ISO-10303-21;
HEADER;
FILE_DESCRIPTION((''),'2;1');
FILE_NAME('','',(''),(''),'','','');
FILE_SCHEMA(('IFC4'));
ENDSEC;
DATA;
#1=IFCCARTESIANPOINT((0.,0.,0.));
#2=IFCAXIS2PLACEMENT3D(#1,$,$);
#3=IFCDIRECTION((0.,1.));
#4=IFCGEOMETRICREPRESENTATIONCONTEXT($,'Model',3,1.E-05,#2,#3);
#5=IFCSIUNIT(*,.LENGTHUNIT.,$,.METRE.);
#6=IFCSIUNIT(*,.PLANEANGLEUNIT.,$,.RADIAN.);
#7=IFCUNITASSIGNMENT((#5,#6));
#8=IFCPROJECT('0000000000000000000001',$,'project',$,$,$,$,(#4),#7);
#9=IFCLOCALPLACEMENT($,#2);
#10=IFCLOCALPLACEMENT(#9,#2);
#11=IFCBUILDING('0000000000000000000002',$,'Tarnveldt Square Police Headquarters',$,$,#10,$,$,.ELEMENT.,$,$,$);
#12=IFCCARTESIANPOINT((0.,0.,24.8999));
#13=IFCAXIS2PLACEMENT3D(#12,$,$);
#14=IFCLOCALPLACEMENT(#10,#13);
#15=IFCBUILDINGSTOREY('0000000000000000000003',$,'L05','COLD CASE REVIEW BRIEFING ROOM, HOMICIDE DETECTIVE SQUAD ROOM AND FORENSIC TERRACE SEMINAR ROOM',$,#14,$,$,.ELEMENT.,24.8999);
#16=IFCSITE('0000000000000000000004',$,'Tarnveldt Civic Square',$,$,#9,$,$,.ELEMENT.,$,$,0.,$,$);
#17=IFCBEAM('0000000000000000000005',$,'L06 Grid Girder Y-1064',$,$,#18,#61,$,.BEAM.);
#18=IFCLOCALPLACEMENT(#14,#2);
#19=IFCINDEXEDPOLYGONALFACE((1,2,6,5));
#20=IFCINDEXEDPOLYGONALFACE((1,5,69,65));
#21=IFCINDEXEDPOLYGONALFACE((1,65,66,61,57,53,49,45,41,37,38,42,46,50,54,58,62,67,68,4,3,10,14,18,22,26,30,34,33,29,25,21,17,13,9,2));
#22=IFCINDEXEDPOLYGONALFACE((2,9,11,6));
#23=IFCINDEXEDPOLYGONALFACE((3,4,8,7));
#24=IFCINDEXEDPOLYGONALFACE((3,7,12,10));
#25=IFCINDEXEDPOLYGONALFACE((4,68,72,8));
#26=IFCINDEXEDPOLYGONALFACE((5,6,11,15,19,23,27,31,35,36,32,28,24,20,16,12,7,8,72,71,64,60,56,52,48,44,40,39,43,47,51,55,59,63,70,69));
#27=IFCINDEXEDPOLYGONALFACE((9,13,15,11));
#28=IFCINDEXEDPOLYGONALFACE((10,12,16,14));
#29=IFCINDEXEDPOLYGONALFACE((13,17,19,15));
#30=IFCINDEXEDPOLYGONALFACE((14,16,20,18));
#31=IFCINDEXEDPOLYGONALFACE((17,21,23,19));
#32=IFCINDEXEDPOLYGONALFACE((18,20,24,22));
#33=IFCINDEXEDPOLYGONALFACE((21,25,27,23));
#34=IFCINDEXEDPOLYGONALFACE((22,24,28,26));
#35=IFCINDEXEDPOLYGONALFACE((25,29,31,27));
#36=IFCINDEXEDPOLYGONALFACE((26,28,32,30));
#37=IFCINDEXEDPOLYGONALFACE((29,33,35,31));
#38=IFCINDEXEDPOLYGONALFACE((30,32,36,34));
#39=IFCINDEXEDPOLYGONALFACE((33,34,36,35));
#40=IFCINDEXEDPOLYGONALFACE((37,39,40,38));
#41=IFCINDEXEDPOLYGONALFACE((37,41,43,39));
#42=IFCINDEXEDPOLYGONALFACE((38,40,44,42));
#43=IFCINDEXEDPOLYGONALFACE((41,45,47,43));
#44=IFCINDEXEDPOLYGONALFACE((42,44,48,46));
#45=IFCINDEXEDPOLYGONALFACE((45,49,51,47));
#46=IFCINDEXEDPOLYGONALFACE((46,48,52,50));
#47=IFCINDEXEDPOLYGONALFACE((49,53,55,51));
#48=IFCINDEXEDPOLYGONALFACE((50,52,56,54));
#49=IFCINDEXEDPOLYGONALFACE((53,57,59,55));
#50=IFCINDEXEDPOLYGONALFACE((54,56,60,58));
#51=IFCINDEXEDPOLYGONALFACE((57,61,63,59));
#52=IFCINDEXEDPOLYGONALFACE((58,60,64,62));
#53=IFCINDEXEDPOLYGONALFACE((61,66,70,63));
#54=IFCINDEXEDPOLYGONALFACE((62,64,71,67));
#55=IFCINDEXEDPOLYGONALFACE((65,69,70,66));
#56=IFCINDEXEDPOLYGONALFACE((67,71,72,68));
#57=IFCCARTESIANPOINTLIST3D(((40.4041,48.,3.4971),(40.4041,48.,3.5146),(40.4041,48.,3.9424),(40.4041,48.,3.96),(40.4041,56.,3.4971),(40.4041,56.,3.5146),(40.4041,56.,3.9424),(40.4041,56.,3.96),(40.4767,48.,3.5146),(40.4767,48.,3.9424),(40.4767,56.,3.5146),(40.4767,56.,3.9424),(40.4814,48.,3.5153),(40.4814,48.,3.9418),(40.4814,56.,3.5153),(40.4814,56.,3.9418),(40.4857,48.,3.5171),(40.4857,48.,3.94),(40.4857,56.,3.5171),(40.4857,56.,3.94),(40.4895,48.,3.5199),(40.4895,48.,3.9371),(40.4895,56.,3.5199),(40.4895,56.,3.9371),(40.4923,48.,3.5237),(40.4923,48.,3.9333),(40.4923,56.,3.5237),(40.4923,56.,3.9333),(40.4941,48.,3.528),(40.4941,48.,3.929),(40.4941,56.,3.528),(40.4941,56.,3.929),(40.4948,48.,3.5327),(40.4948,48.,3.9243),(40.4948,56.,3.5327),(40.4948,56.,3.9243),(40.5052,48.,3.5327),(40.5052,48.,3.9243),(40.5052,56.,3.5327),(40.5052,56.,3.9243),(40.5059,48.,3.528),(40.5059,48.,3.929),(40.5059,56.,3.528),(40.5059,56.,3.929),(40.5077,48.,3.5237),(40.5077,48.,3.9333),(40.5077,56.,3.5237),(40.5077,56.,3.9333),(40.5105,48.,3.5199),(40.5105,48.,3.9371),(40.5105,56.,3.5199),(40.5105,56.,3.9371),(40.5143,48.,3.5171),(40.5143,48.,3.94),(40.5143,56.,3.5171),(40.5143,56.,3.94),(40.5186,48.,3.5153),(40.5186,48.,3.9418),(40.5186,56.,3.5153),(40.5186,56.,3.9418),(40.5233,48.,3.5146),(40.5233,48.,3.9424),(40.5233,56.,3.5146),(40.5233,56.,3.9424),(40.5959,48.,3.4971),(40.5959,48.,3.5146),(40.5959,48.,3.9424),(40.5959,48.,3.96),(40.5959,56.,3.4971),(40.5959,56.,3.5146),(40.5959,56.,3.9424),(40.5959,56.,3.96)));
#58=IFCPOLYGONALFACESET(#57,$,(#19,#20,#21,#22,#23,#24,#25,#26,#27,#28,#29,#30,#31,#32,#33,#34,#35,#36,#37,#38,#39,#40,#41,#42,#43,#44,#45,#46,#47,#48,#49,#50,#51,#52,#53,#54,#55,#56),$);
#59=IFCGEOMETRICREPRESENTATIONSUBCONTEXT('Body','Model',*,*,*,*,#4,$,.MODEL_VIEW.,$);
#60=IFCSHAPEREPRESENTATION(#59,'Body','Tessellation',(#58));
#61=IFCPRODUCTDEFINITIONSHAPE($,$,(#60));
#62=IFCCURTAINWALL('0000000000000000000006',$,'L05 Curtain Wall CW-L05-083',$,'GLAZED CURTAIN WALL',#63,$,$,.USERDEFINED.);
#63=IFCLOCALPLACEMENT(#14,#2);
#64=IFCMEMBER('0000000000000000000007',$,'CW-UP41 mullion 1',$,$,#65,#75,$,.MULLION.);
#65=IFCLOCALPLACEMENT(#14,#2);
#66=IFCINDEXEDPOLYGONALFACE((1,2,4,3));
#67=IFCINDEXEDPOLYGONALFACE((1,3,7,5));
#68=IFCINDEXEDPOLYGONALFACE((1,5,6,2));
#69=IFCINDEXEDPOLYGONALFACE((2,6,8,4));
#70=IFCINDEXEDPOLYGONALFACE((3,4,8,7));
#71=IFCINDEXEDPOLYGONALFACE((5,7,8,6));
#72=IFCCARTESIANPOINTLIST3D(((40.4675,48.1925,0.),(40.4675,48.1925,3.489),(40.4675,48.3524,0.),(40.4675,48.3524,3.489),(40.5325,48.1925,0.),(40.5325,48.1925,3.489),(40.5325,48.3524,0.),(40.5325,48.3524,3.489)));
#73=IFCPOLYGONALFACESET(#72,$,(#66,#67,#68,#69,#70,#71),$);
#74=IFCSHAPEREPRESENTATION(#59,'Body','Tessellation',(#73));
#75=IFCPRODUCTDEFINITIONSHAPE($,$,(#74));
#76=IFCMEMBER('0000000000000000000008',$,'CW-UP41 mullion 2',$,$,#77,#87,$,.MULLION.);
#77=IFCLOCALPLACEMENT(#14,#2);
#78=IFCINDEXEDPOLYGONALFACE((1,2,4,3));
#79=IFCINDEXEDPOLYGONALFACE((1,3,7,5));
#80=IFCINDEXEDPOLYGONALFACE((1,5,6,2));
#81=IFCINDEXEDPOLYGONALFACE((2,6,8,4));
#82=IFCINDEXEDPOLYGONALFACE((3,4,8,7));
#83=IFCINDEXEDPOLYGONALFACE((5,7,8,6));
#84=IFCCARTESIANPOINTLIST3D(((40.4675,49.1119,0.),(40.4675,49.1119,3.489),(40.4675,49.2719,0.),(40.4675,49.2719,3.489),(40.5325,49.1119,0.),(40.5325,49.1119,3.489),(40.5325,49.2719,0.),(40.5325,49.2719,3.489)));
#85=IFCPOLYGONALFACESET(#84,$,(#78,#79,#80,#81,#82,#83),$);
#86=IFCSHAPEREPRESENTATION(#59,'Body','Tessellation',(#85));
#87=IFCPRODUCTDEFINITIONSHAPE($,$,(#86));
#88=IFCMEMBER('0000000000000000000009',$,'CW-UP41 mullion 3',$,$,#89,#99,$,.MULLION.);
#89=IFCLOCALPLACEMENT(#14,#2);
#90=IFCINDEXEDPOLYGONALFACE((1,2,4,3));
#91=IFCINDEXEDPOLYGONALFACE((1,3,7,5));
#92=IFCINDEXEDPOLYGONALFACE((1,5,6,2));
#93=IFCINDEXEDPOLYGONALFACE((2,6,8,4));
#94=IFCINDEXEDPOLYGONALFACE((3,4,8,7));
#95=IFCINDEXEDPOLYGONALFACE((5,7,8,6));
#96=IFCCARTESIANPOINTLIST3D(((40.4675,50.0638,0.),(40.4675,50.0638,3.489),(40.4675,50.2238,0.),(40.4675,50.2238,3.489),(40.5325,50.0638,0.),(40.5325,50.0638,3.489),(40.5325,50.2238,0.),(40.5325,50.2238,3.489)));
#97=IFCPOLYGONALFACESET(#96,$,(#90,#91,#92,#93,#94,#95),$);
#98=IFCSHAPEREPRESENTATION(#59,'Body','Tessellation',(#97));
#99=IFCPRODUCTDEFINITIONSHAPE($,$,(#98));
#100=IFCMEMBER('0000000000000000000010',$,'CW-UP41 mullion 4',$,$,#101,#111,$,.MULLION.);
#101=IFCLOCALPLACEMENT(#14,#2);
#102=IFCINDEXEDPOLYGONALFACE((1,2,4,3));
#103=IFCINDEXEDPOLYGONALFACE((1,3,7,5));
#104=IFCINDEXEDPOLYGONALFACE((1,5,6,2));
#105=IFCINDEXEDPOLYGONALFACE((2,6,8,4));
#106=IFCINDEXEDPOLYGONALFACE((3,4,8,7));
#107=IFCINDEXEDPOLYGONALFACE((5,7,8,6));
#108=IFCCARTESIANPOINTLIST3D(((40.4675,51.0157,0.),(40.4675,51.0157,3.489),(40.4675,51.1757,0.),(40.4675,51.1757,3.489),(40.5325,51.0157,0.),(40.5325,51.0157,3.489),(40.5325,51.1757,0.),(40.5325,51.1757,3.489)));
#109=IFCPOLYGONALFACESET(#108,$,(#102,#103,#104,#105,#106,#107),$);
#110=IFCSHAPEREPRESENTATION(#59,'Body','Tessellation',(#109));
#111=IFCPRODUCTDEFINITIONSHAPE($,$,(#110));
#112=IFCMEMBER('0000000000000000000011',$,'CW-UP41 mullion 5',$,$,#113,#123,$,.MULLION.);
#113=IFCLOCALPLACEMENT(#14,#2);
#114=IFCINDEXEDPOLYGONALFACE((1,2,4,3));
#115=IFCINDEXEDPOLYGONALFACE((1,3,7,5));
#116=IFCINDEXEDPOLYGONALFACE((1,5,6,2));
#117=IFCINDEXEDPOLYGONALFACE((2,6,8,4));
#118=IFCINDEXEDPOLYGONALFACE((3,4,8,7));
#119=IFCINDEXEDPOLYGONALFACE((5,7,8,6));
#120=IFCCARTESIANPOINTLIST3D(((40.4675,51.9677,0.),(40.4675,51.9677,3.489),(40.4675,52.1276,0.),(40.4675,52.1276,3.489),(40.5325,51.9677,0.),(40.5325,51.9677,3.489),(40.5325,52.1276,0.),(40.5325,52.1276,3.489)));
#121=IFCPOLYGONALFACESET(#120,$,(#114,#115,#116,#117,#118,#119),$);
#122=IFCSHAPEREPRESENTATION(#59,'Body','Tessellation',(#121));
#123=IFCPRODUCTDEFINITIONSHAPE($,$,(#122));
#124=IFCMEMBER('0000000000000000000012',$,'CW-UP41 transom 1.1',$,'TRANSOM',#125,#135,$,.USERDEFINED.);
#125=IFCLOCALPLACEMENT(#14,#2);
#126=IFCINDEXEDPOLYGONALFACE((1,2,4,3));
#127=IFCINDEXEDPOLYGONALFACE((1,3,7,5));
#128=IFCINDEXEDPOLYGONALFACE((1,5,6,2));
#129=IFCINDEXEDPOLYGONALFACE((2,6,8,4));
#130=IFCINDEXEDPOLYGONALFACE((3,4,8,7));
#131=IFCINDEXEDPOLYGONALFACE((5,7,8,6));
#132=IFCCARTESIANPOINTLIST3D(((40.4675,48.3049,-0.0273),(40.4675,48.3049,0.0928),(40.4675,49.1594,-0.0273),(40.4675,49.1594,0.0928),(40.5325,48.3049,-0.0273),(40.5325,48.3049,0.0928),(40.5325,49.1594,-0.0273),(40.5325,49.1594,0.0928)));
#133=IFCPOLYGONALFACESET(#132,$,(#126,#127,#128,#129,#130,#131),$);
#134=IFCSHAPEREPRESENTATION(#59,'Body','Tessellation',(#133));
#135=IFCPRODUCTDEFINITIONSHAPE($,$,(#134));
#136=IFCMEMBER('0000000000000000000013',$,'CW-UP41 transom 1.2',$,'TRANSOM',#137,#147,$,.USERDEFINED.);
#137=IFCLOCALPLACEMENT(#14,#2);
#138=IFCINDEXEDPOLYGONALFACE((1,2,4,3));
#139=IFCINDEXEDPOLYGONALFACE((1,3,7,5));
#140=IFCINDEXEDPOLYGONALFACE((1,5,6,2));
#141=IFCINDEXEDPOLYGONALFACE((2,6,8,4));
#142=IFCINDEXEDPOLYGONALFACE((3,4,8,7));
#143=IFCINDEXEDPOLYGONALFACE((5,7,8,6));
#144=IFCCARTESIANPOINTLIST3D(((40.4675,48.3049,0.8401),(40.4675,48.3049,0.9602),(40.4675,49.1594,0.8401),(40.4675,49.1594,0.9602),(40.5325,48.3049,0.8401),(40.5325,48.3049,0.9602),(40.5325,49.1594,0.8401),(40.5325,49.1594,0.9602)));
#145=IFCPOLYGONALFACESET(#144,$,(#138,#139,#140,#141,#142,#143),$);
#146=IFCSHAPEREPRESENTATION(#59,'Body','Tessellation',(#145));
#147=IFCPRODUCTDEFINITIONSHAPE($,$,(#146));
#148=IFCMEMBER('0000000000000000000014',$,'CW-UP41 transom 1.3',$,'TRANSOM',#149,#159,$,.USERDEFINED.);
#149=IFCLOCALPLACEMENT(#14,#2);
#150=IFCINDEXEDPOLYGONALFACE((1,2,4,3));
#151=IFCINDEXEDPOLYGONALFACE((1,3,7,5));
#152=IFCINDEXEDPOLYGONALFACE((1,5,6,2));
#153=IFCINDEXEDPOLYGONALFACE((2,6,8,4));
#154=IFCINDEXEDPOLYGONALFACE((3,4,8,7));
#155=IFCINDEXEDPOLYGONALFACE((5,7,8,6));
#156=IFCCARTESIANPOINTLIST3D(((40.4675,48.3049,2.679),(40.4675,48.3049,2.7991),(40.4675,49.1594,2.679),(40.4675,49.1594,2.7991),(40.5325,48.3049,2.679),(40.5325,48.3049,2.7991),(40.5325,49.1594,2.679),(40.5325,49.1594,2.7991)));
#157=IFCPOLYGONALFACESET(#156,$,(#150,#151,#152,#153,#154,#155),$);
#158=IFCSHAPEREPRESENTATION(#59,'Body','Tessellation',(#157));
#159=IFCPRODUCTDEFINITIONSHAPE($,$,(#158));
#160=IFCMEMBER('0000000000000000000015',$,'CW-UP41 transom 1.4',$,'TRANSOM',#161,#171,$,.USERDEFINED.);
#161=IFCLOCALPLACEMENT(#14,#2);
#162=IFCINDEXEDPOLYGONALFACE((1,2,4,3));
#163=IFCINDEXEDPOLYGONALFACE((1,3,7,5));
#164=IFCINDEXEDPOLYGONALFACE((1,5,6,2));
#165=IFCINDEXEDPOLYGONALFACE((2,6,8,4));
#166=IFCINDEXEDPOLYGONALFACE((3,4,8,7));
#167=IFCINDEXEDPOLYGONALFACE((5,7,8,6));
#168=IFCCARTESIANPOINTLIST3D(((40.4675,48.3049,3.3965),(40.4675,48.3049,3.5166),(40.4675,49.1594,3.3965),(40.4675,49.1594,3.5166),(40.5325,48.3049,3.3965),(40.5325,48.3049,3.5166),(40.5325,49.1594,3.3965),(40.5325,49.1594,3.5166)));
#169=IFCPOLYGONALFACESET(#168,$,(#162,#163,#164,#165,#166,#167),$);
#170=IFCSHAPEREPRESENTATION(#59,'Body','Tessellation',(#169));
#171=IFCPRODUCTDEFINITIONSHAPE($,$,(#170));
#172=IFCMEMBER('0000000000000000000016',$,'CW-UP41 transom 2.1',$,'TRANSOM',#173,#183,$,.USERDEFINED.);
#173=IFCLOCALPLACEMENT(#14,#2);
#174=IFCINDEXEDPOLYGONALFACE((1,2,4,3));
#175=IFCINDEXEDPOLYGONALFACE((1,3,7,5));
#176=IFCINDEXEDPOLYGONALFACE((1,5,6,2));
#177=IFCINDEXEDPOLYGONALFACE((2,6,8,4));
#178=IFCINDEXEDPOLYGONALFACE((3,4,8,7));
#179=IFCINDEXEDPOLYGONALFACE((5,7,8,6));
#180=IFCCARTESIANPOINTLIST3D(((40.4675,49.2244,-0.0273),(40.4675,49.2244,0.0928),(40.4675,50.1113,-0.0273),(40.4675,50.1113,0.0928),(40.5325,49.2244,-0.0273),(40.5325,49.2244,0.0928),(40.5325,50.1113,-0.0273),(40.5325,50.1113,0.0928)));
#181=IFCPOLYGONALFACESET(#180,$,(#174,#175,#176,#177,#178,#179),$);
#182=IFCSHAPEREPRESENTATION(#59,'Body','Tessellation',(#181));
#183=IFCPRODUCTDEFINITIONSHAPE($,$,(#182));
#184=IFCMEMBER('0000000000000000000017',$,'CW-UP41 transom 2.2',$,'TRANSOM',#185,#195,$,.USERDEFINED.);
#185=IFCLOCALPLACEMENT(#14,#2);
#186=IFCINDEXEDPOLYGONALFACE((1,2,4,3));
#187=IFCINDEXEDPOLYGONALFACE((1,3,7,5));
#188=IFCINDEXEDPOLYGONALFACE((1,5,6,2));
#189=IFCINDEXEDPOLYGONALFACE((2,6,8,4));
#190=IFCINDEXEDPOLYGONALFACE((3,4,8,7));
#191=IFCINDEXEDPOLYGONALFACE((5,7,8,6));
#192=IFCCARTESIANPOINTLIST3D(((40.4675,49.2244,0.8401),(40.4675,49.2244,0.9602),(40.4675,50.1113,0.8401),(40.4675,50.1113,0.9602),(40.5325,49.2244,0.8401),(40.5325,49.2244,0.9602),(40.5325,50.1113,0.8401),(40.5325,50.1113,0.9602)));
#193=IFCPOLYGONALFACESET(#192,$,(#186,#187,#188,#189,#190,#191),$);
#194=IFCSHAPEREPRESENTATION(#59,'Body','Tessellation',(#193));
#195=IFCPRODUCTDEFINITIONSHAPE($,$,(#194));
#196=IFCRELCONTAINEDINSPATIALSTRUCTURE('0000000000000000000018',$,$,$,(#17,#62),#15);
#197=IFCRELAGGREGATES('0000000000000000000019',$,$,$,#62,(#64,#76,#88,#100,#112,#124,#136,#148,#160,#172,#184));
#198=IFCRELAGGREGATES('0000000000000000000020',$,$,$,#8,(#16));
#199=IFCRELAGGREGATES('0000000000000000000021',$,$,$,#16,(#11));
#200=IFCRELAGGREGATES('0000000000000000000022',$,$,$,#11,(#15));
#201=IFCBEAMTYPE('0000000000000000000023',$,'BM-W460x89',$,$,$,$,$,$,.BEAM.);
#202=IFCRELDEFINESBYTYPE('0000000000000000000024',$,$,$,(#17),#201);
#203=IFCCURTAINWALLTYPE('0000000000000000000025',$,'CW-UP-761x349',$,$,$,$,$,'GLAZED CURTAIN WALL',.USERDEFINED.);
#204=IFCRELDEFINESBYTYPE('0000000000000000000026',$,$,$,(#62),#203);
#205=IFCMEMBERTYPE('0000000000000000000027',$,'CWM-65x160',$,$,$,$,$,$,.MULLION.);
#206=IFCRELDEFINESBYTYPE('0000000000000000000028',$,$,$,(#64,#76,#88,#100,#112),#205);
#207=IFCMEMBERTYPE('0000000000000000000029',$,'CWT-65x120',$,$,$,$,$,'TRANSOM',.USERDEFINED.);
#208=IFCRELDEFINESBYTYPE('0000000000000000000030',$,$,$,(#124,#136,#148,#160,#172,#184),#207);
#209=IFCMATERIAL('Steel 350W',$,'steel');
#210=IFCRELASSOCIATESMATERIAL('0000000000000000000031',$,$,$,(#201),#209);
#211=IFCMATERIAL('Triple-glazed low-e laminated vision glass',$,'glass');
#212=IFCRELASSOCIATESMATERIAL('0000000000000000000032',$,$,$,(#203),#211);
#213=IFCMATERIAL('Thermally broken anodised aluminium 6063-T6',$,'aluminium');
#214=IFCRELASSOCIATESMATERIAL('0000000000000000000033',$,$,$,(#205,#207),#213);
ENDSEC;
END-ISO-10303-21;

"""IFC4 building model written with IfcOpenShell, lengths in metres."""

from ifc_helpers import new_model, si_unit, direction, frame, origin, origin_2d, place, context, subcontext, project, spatial, rectangle, i_section, extrude, material, material_profile, profile_set, type_object, element, aggregate, save


model = new_model("IFC4")

# Units and contexts
model_context = context("Model", 3, precision=1e-05, world=origin(), true_north=direction((0.0, 1.0)))
body_context = subcontext(model_context, "Body", "Model", "MODEL_VIEW")
ifc_project = project(units=[si_unit("LENGTHUNIT", "METRE"), si_unit("PLANEANGLEUNIT", "RADIAN")], contexts=[model_context])

# Site, building, storey
site_placement = place(None, origin())
site = spatial("IfcSite", under=ifc_project, at=site_placement, Name="Tarnveldt Civic Square", CompositionType="ELEMENT", RefElevation=0.0)
building_placement = place(site_placement, origin())
building = spatial("IfcBuilding", under=site, at=building_placement, Name="Tarnveldt Square Police Headquarters", CompositionType="ELEMENT")
storey_placement = place(building_placement, frame((0.0, 0.0, 24.8999)))
storey = spatial("IfcBuildingStorey", under=building, at=storey_placement, Name="L05", Description="COLD CASE REVIEW BRIEFING ROOM, HOMICIDE DETECTIVE SQUAD ROOM AND FORENSIC TERRACE SEMINAR ROOM", CompositionType="ELEMENT", Elevation=24.8999)

# Beam
ifc_material_1 = material(Name="Steel 350W", Category="steel")
ifc_material_profile_1 = material_profile(ifc_material_1, i_section(OverallWidth=0.1919, OverallDepth=0.4629, WebThickness=0.0105, FlangeThickness=0.0176, FilletRadius=0.0181, at=origin_2d()), Name="W460x89")
ifc_profile_set_1 = profile_set([ifc_material_profile_1], Name="Steel 350W")
beam_type = type_object("IfcBeamType", Name="BM-W460x89", PredefinedType="BEAM", material=ifc_profile_set_1)
beam_placement = place(storey_placement, frame((40.5, 48.0, 3.7285), z_axis=(0.0, 1.0, 0.0), x_axis=(-1.0, 0.0, 0.0)))
element("IfcBeam", 1, at=beam_placement, inside=storey, type_object=beam_type, Name="L06 Grid Girder Y-1064", PredefinedType="BEAM", context=body_context, shape_type="SweptSolid", body=[
    extrude(i_section(OverallWidth=0.1919, OverallDepth=0.4629, WebThickness=0.0105, FlangeThickness=0.0176, FilletRadius=0.0181, at=origin_2d()), origin(), (0.0, 0.0, 1.0), 8.0),
])

# Curtain wall, members
ifc_material_2 = material(Name="Triple-glazed low-e laminated vision glass", Category="glass")
curtain_wall_type = type_object("IfcCurtainWallType", Name="CW-UP-761x349", ElementType="GLAZED CURTAIN WALL", PredefinedType="USERDEFINED", material=ifc_material_2)
curtain_wall_placement = place(storey_placement, origin())
curtain_wall = element("IfcCurtainWall", 2, at=curtain_wall_placement, inside=storey, type_object=curtain_wall_type, Name="L05 Curtain Wall CW-L05-083", ObjectType="GLAZED CURTAIN WALL", PredefinedType="USERDEFINED")
ifc_material_3 = material(Name="Thermally broken anodised aluminium 6063-T6", Category="aluminium")
ifc_material_profile_2 = material_profile(ifc_material_3, rectangle(XDim=0.0649, YDim=0.1599, at=origin_2d()), Name="CW-M65x160")
ifc_profile_set_2 = profile_set([ifc_material_profile_2], Name="Thermally broken anodised aluminium 6063-T6")
member_type_1 = type_object("IfcMemberType", Name="CWM-65x160", PredefinedType="MULLION", material=ifc_profile_set_2)
member_1_placement = place(storey_placement, frame((40.5, 48.2725, 0.0), z_axis=(0.0, 0.0, 1.0), x_axis=(-1.0, 0.0, 0.0)))
member_1 = element("IfcMember", 3, at=member_1_placement, type_object=member_type_1, Name="CW-UP41 mullion 1", PredefinedType="MULLION", context=body_context, shape_type="SweptSolid", body=[
    extrude(rectangle(XDim=0.0649, YDim=0.1599, at=origin_2d()), origin(), (0.0, 0.0, 1.0), 3.489),
])
member_2_placement = place(storey_placement, frame((40.5, 49.1919, 0.0), z_axis=(0.0, 0.0, 1.0), x_axis=(-1.0, 0.0, 0.0)))
member_2 = element("IfcMember", 4, at=member_2_placement, type_object=member_type_1, Name="CW-UP41 mullion 2", PredefinedType="MULLION", context=body_context, shape_type="SweptSolid", body=[
    extrude(rectangle(XDim=0.0649, YDim=0.1599, at=origin_2d()), origin(), (0.0, 0.0, 1.0), 3.489),
])
member_3_placement = place(storey_placement, frame((40.5, 50.1438, 0.0), z_axis=(0.0, 0.0, 1.0), x_axis=(-1.0, 0.0, 0.0)))
member_3 = element("IfcMember", 5, at=member_3_placement, type_object=member_type_1, Name="CW-UP41 mullion 3", PredefinedType="MULLION", context=body_context, shape_type="SweptSolid", body=[
    extrude(rectangle(XDim=0.0649, YDim=0.1599, at=origin_2d()), origin(), (0.0, 0.0, 1.0), 3.489),
])
member_4_placement = place(storey_placement, frame((40.5, 51.0957, 0.0), z_axis=(0.0, 0.0, 1.0), x_axis=(-1.0, 0.0, 0.0)))
member_4 = element("IfcMember", 6, at=member_4_placement, type_object=member_type_1, Name="CW-UP41 mullion 4", PredefinedType="MULLION", context=body_context, shape_type="SweptSolid", body=[
    extrude(rectangle(XDim=0.0649, YDim=0.1599, at=origin_2d()), origin(), (0.0, 0.0, 1.0), 3.489),
])
member_5_placement = place(storey_placement, frame((40.5, 52.0476, 0.0), z_axis=(0.0, 0.0, 1.0), x_axis=(-1.0, 0.0, 0.0)))
member_5 = element("IfcMember", 7, at=member_5_placement, type_object=member_type_1, Name="CW-UP41 mullion 5", PredefinedType="MULLION", context=body_context, shape_type="SweptSolid", body=[
    extrude(rectangle(XDim=0.0649, YDim=0.1599, at=origin_2d()), origin(), (0.0, 0.0, 1.0), 3.489),
])
ifc_material_profile_3 = material_profile(ifc_material_3, rectangle(XDim=0.0649, YDim=0.1201, at=origin_2d()), Name="CW-T65x120")
ifc_profile_set_3 = profile_set([ifc_material_profile_3], Name="Thermally broken anodised aluminium 6063-T6")
member_type_2 = type_object("IfcMemberType", Name="CWT-65x120", ElementType="TRANSOM", PredefinedType="USERDEFINED", material=ifc_profile_set_3)
member_6_placement = place(storey_placement, frame((40.5, 48.3049, 0.0327), z_axis=(0.0, 1.0, 0.0), x_axis=(-1.0, 0.0, 0.0)))
member_6 = element("IfcMember", 8, at=member_6_placement, type_object=member_type_2, Name="CW-UP41 transom 1.1", ObjectType="TRANSOM", PredefinedType="USERDEFINED", context=body_context, shape_type="SweptSolid", body=[
    extrude(rectangle(XDim=0.0649, YDim=0.1201, at=origin_2d()), origin(), (0.0, 0.0, 1.0), 0.8545),
])
member_7_placement = place(storey_placement, frame((40.5, 48.3049, 0.9001), z_axis=(0.0, 1.0, 0.0), x_axis=(-1.0, 0.0, 0.0)))
member_7 = element("IfcMember", 9, at=member_7_placement, type_object=member_type_2, Name="CW-UP41 transom 1.2", ObjectType="TRANSOM", PredefinedType="USERDEFINED", context=body_context, shape_type="SweptSolid", body=[
    extrude(rectangle(XDim=0.0649, YDim=0.1201, at=origin_2d()), origin(), (0.0, 0.0, 1.0), 0.8545),
])
member_8_placement = place(storey_placement, frame((40.5, 48.3049, 2.739), z_axis=(0.0, 1.0, 0.0), x_axis=(-1.0, 0.0, 0.0)))
member_8 = element("IfcMember", 10, at=member_8_placement, type_object=member_type_2, Name="CW-UP41 transom 1.3", ObjectType="TRANSOM", PredefinedType="USERDEFINED", context=body_context, shape_type="SweptSolid", body=[
    extrude(rectangle(XDim=0.0649, YDim=0.1201, at=origin_2d()), origin(), (0.0, 0.0, 1.0), 0.8545),
])
member_9_placement = place(storey_placement, frame((40.5, 48.3049, 3.4565), z_axis=(0.0, 1.0, 0.0), x_axis=(-1.0, 0.0, 0.0)))
member_9 = element("IfcMember", 11, at=member_9_placement, type_object=member_type_2, Name="CW-UP41 transom 1.4", ObjectType="TRANSOM", PredefinedType="USERDEFINED", context=body_context, shape_type="SweptSolid", body=[
    extrude(rectangle(XDim=0.0649, YDim=0.1201, at=origin_2d()), origin(), (0.0, 0.0, 1.0), 0.8545),
])
member_10_placement = place(storey_placement, frame((40.5, 49.2244, 0.0327), z_axis=(0.0, 1.0, 0.0), x_axis=(-1.0, 0.0, 0.0)))
member_10 = element("IfcMember", 12, at=member_10_placement, type_object=member_type_2, Name="CW-UP41 transom 2.1", ObjectType="TRANSOM", PredefinedType="USERDEFINED", context=body_context, shape_type="SweptSolid", body=[
    extrude(rectangle(XDim=0.0649, YDim=0.1201, at=origin_2d()), origin(), (0.0, 0.0, 1.0), 0.887),
])
member_11_placement = place(storey_placement, frame((40.5, 49.2244, 0.9001), z_axis=(0.0, 1.0, 0.0), x_axis=(-1.0, 0.0, 0.0)))
member_11 = element("IfcMember", 13, at=member_11_placement, type_object=member_type_2, Name="CW-UP41 transom 2.2", ObjectType="TRANSOM", PredefinedType="USERDEFINED", context=body_context, shape_type="SweptSolid", body=[
    extrude(rectangle(XDim=0.0649, YDim=0.1201, at=origin_2d()), origin(), (0.0, 0.0, 1.0), 0.887),
])
aggregate(curtain_wall, [member_1, member_2, member_3, member_4, member_5, member_6, member_7, member_8, member_9, member_10, member_11])

save(model, "model.ifc")
